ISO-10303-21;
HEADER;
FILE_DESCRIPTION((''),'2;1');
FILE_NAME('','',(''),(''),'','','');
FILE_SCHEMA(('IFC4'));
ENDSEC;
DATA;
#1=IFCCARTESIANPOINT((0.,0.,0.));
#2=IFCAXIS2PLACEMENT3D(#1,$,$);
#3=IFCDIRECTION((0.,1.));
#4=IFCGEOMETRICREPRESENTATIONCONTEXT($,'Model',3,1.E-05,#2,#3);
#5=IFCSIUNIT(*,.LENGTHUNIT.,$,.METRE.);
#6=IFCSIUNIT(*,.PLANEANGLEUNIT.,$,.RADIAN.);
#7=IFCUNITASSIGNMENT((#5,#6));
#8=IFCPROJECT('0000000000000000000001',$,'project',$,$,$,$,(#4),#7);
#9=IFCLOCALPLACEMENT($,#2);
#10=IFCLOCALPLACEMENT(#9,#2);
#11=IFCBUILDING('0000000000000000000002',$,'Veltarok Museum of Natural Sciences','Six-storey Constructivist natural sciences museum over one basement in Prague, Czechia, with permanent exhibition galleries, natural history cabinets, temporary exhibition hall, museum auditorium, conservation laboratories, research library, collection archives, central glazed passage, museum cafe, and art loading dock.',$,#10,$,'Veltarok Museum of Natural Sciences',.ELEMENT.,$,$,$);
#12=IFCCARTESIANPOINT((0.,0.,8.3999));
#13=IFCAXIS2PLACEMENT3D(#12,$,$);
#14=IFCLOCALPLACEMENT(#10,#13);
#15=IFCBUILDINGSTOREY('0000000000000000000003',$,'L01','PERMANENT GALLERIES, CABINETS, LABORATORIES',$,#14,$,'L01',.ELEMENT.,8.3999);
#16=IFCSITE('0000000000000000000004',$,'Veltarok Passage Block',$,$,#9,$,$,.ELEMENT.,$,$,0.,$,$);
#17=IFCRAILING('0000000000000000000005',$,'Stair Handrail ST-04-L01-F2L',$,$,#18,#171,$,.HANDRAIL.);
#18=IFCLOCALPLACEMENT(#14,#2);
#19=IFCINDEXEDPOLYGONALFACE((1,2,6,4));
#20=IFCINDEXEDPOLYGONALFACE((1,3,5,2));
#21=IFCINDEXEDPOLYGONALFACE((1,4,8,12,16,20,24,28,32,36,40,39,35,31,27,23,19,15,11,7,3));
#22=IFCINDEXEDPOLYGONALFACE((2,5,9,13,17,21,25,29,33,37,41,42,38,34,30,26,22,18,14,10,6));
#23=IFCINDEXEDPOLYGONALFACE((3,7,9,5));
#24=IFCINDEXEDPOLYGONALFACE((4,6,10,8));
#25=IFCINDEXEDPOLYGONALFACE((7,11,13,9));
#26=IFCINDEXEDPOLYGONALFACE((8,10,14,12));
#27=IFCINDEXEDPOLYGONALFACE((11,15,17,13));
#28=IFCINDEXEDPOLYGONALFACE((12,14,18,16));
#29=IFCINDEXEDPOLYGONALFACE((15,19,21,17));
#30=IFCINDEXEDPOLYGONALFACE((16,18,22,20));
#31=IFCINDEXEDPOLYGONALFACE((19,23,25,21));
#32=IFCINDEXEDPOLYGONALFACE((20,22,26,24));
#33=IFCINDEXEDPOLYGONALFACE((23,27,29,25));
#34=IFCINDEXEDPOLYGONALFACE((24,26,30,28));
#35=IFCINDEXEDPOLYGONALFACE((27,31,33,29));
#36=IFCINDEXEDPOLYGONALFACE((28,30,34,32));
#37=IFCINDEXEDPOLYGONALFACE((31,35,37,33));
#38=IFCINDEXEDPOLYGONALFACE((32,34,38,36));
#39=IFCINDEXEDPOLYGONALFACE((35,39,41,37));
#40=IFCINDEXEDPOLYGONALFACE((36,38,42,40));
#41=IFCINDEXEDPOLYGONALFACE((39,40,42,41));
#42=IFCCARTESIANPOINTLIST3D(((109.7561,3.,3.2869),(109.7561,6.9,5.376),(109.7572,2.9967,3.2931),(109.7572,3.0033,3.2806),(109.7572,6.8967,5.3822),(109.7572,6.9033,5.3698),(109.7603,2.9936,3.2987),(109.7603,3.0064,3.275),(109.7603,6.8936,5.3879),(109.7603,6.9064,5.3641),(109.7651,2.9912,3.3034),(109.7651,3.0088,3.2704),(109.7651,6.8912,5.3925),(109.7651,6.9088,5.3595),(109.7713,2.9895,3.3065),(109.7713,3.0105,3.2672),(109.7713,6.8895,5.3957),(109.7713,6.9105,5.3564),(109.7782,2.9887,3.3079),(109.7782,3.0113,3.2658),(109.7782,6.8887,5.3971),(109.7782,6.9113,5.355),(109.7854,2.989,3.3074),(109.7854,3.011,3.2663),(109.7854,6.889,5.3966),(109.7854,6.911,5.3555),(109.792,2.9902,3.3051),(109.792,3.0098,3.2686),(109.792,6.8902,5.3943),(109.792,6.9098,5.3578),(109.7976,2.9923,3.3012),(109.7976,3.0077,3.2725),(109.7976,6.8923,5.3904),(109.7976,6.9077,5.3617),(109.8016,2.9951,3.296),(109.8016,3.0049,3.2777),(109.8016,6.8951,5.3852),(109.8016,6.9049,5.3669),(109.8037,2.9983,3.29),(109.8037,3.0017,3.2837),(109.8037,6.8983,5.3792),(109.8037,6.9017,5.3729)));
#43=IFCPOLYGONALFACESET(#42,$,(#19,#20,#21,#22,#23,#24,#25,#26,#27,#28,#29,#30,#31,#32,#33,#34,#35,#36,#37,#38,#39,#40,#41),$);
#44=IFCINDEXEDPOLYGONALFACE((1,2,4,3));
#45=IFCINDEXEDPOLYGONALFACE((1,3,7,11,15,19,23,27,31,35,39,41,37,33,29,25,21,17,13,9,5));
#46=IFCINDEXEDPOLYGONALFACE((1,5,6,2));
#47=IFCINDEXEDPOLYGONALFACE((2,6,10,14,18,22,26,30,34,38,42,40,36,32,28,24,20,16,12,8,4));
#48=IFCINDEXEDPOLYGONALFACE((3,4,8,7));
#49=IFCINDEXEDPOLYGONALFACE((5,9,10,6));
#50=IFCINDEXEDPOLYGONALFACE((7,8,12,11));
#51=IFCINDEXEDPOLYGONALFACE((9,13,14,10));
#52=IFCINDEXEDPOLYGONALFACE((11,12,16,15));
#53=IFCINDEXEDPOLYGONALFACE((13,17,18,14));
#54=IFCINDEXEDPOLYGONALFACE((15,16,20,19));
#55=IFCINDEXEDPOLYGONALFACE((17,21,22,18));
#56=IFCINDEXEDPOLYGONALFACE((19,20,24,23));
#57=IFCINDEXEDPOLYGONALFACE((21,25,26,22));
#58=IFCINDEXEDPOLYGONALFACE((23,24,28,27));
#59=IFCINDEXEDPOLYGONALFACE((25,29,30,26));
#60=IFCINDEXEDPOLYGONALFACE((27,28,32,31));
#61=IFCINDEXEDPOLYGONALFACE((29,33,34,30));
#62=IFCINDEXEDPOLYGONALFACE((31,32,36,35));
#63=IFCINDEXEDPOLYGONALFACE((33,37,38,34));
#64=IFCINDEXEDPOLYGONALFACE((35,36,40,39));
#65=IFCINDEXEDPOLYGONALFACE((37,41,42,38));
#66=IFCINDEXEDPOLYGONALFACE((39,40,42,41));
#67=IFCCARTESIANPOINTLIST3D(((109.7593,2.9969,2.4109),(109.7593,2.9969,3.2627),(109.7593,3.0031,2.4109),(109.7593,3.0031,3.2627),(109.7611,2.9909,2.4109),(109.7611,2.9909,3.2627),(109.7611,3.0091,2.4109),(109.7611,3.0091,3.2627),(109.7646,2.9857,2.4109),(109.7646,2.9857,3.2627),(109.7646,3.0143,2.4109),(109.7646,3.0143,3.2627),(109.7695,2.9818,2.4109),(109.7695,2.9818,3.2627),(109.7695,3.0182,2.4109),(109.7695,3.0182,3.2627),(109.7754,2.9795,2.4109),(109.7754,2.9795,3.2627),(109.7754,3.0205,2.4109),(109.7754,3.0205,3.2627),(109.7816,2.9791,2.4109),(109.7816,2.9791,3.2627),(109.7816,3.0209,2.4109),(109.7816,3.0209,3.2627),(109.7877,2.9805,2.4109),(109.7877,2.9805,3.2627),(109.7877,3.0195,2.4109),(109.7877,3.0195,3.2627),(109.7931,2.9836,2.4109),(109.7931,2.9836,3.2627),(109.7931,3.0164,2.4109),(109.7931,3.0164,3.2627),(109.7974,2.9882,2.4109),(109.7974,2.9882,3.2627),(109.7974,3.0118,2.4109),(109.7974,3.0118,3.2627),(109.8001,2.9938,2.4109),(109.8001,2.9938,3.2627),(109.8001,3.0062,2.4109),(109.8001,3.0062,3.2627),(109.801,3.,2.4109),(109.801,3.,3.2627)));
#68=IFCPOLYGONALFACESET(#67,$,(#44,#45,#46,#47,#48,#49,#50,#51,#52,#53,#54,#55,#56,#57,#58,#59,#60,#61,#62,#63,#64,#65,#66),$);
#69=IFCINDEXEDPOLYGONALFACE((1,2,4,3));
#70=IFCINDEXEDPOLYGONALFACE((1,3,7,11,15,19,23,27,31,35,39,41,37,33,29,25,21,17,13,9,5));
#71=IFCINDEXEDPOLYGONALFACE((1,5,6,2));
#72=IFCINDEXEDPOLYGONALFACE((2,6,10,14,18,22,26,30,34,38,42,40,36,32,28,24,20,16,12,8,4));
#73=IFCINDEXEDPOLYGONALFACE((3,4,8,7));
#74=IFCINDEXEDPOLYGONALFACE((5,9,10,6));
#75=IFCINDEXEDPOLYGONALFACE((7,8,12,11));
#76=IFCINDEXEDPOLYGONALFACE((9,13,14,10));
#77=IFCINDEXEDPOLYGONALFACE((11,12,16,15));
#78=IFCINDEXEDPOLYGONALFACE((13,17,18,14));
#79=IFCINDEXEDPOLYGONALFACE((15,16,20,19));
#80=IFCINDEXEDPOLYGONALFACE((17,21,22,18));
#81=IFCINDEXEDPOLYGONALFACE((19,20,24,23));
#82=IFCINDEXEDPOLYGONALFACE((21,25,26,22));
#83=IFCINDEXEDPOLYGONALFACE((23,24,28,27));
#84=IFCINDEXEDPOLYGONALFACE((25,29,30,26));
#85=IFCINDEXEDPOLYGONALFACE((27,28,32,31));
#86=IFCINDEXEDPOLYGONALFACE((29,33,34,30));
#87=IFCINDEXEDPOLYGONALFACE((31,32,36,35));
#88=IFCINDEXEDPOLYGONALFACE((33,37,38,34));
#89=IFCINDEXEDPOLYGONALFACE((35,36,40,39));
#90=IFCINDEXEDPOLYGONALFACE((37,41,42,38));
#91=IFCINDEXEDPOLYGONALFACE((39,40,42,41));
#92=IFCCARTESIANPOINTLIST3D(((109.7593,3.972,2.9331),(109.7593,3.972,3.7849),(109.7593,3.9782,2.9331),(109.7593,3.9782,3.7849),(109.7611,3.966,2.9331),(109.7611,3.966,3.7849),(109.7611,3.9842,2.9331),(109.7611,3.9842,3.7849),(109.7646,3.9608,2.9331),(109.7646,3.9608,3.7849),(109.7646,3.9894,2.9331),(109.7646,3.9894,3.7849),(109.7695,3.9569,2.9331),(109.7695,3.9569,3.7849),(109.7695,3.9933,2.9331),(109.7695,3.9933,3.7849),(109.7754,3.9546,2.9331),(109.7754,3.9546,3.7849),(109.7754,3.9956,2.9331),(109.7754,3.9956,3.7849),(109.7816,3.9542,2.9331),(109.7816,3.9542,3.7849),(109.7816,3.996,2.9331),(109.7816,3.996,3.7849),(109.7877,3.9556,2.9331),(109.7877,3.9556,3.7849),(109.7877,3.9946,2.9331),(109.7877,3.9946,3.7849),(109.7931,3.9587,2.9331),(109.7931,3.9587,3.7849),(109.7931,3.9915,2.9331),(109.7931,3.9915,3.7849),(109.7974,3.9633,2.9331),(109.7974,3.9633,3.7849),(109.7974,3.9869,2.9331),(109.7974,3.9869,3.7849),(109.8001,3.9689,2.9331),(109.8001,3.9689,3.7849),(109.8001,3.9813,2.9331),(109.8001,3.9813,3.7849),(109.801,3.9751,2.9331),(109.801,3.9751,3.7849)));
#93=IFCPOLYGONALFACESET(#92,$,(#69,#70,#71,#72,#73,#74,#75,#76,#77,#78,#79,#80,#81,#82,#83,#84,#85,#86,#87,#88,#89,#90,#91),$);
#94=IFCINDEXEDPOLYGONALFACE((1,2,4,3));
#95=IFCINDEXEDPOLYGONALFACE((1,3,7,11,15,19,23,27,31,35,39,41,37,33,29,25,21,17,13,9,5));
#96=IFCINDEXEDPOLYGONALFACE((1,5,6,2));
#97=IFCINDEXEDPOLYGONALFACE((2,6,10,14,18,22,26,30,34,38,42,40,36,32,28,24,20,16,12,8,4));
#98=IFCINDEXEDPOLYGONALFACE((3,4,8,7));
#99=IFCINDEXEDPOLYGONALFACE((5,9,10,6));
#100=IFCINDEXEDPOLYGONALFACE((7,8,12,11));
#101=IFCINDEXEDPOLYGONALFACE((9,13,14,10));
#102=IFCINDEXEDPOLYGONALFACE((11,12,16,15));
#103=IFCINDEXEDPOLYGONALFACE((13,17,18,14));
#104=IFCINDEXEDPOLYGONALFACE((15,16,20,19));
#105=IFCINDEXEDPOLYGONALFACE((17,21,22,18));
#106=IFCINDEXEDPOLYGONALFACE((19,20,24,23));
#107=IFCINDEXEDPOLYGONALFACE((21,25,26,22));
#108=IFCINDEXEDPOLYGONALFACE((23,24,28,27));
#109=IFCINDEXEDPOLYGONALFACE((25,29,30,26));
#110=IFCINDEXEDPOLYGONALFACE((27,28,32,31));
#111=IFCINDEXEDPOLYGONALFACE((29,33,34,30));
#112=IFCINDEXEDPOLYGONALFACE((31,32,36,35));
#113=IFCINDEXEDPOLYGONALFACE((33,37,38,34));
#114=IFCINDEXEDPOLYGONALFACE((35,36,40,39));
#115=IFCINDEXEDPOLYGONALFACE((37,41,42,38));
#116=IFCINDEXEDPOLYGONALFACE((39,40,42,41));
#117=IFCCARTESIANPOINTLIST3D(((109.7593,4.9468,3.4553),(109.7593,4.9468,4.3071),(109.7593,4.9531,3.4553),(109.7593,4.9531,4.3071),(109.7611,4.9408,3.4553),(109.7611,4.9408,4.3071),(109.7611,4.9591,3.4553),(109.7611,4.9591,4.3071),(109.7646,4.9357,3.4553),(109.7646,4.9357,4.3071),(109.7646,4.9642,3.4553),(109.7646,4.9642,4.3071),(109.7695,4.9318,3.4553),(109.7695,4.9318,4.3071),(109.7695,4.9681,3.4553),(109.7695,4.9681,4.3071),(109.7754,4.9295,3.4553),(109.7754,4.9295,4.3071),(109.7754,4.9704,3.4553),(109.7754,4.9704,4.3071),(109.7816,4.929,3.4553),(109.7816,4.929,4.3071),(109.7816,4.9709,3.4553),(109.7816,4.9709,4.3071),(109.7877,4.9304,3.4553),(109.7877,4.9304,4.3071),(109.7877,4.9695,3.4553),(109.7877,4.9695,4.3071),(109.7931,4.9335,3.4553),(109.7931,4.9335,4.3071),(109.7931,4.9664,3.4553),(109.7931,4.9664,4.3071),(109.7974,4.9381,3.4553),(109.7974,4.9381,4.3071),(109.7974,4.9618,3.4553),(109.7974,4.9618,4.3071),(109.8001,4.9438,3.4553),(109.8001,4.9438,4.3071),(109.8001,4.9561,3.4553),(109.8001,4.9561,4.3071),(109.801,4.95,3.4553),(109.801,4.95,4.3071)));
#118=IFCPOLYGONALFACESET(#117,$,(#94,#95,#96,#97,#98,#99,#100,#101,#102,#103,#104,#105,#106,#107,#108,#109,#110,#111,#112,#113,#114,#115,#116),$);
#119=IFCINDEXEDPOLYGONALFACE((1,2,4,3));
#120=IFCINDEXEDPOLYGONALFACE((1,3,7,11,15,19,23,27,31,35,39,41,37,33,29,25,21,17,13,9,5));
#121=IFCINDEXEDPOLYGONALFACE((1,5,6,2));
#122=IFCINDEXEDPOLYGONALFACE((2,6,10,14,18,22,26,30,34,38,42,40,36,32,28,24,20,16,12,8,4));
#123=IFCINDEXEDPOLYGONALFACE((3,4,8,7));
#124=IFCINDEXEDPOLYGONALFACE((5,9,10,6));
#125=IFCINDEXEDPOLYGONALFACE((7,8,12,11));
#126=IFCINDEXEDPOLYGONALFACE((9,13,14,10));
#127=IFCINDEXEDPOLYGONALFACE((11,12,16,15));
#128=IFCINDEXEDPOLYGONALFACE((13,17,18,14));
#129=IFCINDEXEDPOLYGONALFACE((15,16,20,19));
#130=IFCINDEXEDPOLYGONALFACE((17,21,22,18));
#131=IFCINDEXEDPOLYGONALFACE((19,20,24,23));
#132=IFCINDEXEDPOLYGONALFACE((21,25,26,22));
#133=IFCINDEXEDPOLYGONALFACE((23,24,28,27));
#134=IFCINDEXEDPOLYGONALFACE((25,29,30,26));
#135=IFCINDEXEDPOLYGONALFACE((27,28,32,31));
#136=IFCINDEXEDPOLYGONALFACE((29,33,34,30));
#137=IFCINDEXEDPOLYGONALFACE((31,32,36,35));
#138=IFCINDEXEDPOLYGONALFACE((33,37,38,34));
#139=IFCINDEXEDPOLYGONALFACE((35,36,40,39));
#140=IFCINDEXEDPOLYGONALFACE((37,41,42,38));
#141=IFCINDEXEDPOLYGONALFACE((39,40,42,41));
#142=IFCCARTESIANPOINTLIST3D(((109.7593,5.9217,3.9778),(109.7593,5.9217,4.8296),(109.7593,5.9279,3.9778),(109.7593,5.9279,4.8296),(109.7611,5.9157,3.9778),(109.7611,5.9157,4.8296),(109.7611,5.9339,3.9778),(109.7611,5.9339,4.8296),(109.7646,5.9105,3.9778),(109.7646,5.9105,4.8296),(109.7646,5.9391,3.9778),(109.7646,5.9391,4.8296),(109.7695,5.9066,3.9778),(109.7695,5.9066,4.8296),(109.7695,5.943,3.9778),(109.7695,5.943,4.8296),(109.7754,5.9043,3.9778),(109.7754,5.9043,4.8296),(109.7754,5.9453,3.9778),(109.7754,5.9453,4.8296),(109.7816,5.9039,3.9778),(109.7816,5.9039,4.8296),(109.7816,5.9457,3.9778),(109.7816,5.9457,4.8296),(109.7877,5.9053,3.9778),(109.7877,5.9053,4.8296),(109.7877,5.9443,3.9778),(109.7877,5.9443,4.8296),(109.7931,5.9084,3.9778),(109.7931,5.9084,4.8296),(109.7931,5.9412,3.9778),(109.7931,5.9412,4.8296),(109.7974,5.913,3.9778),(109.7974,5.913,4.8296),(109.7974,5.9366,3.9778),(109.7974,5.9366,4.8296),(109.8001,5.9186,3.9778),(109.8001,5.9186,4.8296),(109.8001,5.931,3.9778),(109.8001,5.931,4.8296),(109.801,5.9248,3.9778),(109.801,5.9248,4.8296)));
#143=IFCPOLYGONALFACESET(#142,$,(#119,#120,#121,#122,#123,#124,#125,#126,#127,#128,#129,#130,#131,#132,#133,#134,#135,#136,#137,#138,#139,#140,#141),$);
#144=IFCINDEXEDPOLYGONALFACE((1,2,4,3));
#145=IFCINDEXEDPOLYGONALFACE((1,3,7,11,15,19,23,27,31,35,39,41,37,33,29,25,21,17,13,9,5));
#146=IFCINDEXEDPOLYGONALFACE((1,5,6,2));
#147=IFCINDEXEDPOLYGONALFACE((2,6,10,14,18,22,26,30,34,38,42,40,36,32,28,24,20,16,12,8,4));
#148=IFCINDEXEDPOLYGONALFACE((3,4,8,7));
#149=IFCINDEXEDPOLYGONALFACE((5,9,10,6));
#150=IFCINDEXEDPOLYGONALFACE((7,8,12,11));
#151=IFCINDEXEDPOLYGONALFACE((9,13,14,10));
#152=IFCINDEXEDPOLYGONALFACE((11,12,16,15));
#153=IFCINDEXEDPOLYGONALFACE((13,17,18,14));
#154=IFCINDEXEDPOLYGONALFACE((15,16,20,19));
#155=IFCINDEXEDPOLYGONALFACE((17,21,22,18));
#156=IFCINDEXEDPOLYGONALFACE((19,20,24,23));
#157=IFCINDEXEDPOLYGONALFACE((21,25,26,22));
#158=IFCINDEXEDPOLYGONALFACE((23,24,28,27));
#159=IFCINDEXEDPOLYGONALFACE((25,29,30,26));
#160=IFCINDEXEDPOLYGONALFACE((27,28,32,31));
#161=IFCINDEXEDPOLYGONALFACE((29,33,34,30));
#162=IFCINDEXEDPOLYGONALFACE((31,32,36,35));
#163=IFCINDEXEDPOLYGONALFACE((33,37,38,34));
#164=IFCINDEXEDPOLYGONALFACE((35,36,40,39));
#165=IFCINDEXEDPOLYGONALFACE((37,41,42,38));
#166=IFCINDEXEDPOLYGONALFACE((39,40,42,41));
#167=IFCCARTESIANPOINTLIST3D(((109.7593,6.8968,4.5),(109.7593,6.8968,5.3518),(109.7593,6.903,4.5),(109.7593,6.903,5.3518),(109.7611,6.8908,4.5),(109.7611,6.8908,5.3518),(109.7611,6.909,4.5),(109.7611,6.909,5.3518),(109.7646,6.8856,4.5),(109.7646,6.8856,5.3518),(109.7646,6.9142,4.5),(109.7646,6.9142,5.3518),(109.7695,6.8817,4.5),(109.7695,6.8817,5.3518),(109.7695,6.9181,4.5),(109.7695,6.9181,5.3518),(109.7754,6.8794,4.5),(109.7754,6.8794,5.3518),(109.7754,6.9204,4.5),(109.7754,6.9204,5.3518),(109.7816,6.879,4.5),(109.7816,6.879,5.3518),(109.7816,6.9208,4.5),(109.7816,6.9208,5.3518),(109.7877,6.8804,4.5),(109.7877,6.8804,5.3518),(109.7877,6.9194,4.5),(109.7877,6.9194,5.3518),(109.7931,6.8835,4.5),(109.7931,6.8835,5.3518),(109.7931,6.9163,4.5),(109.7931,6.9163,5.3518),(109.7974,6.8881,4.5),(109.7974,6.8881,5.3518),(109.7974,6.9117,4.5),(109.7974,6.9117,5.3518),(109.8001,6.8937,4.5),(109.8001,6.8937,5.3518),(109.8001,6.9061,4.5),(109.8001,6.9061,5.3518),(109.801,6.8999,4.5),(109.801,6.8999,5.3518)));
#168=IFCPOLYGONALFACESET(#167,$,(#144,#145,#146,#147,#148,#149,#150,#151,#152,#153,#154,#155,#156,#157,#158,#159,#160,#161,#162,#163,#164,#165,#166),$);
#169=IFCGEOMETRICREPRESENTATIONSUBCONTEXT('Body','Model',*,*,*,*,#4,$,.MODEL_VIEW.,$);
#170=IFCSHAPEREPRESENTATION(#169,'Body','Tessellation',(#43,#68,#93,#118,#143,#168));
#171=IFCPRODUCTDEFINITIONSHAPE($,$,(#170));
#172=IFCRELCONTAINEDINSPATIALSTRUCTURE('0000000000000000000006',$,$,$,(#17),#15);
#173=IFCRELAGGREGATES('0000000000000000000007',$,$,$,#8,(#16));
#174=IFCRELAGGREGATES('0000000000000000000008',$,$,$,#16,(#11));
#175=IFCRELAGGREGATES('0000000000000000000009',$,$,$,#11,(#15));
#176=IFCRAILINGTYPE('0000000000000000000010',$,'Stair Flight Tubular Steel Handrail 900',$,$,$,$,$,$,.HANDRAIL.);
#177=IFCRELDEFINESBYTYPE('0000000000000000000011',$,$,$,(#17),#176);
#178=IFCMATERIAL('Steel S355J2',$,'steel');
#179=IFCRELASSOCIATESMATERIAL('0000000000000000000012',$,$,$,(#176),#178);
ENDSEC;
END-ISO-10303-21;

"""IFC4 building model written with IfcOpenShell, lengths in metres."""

from ifc_helpers import new_model, si_unit, direction, frame, origin, origin_2d, place, context, subcontext, project, spatial, circle, extrude, material, type_object, element, save


model = new_model("IFC4")

# Units and contexts
model_context = context("Model", 3, precision=1e-05, world=origin(), true_north=direction((0.0, 1.0)))
body_context = subcontext(model_context, "Body", "Model", "MODEL_VIEW")
ifc_project = project(units=[si_unit("LENGTHUNIT", "METRE"), si_unit("PLANEANGLEUNIT", "RADIAN")], contexts=[model_context])

# Site, building, storey
site_placement = place(None, origin())
site = spatial("IfcSite", under=ifc_project, at=site_placement, Name="Veltarok Passage Block", CompositionType="ELEMENT", RefElevation=0.0)
building_placement = place(site_placement, origin())
building = spatial("IfcBuilding", under=site, at=building_placement, Name="Veltarok Museum of Natural Sciences", Description="Six-storey Constructivist natural sciences museum over one basement in Prague, Czechia, with permanent exhibition galleries, natural history cabinets, temporary exhibition hall, museum auditorium, conservation laboratories, research library, collection archives, central glazed passage, museum cafe, and art loading dock.", LongName="Veltarok Museum of Natural Sciences", CompositionType="ELEMENT")
storey_placement = place(building_placement, frame((0.0, 0.0, 8.3999)))
storey = spatial("IfcBuildingStorey", under=building, at=storey_placement, Name="L01", Description="PERMANENT GALLERIES, CABINETS, LABORATORIES", LongName="L01", CompositionType="ELEMENT", Elevation=8.3999)

# Shared definitions
ifc_material_1 = material(Name="Steel S355J2", Category="steel")

# Railing
railing_type_1 = type_object("IfcRailingType", Name="Stair Flight Tubular Steel Handrail 900", PredefinedType="HANDRAIL", material=ifc_material_1)
for number, where, name in (
    (1, (109.78, 3.0, 2.4109), "Stair Handrail ST-04-L01-F2L"),
):
    element("IfcRailing", number, at=place(storey_placement, frame(where)), inside=storey, type_object=railing_type_1, Name=name, PredefinedType="HANDRAIL", context=body_context, shape_type="SweptSolid", body=[
        extrude(circle(Radius=0.0239, at=origin_2d()), frame((0.0, 0.0, 0.876), z_axis=(0.0, 0.881491, 0.4722), x_axis=(-1.0, 0.0, 0.0)), (0.0, 0.0, 1.0), 4.4243),
        extrude(circle(Radius=0.021, at=origin_2d()), origin(), (0.0, 0.0, 1.0), 0.8518),
        extrude(circle(Radius=0.021, at=origin_2d()), frame((0.0, 0.9751, 0.5222)), (0.0, 0.0, 1.0), 0.8518),
        extrude(circle(Radius=0.021, at=origin_2d()), frame((0.0, 1.95, 1.0444)), (0.0, 0.0, 1.0), 0.8518),
        extrude(circle(Radius=0.021, at=origin_2d()), frame((0.0, 2.9248, 1.5669)), (0.0, 0.0, 1.0), 0.8518),
        extrude(circle(Radius=0.021, at=origin_2d()), frame((0.0, 3.8999, 2.0891)), (0.0, 0.0, 1.0), 0.8518),
    ])

save(model, "model.ifc")
